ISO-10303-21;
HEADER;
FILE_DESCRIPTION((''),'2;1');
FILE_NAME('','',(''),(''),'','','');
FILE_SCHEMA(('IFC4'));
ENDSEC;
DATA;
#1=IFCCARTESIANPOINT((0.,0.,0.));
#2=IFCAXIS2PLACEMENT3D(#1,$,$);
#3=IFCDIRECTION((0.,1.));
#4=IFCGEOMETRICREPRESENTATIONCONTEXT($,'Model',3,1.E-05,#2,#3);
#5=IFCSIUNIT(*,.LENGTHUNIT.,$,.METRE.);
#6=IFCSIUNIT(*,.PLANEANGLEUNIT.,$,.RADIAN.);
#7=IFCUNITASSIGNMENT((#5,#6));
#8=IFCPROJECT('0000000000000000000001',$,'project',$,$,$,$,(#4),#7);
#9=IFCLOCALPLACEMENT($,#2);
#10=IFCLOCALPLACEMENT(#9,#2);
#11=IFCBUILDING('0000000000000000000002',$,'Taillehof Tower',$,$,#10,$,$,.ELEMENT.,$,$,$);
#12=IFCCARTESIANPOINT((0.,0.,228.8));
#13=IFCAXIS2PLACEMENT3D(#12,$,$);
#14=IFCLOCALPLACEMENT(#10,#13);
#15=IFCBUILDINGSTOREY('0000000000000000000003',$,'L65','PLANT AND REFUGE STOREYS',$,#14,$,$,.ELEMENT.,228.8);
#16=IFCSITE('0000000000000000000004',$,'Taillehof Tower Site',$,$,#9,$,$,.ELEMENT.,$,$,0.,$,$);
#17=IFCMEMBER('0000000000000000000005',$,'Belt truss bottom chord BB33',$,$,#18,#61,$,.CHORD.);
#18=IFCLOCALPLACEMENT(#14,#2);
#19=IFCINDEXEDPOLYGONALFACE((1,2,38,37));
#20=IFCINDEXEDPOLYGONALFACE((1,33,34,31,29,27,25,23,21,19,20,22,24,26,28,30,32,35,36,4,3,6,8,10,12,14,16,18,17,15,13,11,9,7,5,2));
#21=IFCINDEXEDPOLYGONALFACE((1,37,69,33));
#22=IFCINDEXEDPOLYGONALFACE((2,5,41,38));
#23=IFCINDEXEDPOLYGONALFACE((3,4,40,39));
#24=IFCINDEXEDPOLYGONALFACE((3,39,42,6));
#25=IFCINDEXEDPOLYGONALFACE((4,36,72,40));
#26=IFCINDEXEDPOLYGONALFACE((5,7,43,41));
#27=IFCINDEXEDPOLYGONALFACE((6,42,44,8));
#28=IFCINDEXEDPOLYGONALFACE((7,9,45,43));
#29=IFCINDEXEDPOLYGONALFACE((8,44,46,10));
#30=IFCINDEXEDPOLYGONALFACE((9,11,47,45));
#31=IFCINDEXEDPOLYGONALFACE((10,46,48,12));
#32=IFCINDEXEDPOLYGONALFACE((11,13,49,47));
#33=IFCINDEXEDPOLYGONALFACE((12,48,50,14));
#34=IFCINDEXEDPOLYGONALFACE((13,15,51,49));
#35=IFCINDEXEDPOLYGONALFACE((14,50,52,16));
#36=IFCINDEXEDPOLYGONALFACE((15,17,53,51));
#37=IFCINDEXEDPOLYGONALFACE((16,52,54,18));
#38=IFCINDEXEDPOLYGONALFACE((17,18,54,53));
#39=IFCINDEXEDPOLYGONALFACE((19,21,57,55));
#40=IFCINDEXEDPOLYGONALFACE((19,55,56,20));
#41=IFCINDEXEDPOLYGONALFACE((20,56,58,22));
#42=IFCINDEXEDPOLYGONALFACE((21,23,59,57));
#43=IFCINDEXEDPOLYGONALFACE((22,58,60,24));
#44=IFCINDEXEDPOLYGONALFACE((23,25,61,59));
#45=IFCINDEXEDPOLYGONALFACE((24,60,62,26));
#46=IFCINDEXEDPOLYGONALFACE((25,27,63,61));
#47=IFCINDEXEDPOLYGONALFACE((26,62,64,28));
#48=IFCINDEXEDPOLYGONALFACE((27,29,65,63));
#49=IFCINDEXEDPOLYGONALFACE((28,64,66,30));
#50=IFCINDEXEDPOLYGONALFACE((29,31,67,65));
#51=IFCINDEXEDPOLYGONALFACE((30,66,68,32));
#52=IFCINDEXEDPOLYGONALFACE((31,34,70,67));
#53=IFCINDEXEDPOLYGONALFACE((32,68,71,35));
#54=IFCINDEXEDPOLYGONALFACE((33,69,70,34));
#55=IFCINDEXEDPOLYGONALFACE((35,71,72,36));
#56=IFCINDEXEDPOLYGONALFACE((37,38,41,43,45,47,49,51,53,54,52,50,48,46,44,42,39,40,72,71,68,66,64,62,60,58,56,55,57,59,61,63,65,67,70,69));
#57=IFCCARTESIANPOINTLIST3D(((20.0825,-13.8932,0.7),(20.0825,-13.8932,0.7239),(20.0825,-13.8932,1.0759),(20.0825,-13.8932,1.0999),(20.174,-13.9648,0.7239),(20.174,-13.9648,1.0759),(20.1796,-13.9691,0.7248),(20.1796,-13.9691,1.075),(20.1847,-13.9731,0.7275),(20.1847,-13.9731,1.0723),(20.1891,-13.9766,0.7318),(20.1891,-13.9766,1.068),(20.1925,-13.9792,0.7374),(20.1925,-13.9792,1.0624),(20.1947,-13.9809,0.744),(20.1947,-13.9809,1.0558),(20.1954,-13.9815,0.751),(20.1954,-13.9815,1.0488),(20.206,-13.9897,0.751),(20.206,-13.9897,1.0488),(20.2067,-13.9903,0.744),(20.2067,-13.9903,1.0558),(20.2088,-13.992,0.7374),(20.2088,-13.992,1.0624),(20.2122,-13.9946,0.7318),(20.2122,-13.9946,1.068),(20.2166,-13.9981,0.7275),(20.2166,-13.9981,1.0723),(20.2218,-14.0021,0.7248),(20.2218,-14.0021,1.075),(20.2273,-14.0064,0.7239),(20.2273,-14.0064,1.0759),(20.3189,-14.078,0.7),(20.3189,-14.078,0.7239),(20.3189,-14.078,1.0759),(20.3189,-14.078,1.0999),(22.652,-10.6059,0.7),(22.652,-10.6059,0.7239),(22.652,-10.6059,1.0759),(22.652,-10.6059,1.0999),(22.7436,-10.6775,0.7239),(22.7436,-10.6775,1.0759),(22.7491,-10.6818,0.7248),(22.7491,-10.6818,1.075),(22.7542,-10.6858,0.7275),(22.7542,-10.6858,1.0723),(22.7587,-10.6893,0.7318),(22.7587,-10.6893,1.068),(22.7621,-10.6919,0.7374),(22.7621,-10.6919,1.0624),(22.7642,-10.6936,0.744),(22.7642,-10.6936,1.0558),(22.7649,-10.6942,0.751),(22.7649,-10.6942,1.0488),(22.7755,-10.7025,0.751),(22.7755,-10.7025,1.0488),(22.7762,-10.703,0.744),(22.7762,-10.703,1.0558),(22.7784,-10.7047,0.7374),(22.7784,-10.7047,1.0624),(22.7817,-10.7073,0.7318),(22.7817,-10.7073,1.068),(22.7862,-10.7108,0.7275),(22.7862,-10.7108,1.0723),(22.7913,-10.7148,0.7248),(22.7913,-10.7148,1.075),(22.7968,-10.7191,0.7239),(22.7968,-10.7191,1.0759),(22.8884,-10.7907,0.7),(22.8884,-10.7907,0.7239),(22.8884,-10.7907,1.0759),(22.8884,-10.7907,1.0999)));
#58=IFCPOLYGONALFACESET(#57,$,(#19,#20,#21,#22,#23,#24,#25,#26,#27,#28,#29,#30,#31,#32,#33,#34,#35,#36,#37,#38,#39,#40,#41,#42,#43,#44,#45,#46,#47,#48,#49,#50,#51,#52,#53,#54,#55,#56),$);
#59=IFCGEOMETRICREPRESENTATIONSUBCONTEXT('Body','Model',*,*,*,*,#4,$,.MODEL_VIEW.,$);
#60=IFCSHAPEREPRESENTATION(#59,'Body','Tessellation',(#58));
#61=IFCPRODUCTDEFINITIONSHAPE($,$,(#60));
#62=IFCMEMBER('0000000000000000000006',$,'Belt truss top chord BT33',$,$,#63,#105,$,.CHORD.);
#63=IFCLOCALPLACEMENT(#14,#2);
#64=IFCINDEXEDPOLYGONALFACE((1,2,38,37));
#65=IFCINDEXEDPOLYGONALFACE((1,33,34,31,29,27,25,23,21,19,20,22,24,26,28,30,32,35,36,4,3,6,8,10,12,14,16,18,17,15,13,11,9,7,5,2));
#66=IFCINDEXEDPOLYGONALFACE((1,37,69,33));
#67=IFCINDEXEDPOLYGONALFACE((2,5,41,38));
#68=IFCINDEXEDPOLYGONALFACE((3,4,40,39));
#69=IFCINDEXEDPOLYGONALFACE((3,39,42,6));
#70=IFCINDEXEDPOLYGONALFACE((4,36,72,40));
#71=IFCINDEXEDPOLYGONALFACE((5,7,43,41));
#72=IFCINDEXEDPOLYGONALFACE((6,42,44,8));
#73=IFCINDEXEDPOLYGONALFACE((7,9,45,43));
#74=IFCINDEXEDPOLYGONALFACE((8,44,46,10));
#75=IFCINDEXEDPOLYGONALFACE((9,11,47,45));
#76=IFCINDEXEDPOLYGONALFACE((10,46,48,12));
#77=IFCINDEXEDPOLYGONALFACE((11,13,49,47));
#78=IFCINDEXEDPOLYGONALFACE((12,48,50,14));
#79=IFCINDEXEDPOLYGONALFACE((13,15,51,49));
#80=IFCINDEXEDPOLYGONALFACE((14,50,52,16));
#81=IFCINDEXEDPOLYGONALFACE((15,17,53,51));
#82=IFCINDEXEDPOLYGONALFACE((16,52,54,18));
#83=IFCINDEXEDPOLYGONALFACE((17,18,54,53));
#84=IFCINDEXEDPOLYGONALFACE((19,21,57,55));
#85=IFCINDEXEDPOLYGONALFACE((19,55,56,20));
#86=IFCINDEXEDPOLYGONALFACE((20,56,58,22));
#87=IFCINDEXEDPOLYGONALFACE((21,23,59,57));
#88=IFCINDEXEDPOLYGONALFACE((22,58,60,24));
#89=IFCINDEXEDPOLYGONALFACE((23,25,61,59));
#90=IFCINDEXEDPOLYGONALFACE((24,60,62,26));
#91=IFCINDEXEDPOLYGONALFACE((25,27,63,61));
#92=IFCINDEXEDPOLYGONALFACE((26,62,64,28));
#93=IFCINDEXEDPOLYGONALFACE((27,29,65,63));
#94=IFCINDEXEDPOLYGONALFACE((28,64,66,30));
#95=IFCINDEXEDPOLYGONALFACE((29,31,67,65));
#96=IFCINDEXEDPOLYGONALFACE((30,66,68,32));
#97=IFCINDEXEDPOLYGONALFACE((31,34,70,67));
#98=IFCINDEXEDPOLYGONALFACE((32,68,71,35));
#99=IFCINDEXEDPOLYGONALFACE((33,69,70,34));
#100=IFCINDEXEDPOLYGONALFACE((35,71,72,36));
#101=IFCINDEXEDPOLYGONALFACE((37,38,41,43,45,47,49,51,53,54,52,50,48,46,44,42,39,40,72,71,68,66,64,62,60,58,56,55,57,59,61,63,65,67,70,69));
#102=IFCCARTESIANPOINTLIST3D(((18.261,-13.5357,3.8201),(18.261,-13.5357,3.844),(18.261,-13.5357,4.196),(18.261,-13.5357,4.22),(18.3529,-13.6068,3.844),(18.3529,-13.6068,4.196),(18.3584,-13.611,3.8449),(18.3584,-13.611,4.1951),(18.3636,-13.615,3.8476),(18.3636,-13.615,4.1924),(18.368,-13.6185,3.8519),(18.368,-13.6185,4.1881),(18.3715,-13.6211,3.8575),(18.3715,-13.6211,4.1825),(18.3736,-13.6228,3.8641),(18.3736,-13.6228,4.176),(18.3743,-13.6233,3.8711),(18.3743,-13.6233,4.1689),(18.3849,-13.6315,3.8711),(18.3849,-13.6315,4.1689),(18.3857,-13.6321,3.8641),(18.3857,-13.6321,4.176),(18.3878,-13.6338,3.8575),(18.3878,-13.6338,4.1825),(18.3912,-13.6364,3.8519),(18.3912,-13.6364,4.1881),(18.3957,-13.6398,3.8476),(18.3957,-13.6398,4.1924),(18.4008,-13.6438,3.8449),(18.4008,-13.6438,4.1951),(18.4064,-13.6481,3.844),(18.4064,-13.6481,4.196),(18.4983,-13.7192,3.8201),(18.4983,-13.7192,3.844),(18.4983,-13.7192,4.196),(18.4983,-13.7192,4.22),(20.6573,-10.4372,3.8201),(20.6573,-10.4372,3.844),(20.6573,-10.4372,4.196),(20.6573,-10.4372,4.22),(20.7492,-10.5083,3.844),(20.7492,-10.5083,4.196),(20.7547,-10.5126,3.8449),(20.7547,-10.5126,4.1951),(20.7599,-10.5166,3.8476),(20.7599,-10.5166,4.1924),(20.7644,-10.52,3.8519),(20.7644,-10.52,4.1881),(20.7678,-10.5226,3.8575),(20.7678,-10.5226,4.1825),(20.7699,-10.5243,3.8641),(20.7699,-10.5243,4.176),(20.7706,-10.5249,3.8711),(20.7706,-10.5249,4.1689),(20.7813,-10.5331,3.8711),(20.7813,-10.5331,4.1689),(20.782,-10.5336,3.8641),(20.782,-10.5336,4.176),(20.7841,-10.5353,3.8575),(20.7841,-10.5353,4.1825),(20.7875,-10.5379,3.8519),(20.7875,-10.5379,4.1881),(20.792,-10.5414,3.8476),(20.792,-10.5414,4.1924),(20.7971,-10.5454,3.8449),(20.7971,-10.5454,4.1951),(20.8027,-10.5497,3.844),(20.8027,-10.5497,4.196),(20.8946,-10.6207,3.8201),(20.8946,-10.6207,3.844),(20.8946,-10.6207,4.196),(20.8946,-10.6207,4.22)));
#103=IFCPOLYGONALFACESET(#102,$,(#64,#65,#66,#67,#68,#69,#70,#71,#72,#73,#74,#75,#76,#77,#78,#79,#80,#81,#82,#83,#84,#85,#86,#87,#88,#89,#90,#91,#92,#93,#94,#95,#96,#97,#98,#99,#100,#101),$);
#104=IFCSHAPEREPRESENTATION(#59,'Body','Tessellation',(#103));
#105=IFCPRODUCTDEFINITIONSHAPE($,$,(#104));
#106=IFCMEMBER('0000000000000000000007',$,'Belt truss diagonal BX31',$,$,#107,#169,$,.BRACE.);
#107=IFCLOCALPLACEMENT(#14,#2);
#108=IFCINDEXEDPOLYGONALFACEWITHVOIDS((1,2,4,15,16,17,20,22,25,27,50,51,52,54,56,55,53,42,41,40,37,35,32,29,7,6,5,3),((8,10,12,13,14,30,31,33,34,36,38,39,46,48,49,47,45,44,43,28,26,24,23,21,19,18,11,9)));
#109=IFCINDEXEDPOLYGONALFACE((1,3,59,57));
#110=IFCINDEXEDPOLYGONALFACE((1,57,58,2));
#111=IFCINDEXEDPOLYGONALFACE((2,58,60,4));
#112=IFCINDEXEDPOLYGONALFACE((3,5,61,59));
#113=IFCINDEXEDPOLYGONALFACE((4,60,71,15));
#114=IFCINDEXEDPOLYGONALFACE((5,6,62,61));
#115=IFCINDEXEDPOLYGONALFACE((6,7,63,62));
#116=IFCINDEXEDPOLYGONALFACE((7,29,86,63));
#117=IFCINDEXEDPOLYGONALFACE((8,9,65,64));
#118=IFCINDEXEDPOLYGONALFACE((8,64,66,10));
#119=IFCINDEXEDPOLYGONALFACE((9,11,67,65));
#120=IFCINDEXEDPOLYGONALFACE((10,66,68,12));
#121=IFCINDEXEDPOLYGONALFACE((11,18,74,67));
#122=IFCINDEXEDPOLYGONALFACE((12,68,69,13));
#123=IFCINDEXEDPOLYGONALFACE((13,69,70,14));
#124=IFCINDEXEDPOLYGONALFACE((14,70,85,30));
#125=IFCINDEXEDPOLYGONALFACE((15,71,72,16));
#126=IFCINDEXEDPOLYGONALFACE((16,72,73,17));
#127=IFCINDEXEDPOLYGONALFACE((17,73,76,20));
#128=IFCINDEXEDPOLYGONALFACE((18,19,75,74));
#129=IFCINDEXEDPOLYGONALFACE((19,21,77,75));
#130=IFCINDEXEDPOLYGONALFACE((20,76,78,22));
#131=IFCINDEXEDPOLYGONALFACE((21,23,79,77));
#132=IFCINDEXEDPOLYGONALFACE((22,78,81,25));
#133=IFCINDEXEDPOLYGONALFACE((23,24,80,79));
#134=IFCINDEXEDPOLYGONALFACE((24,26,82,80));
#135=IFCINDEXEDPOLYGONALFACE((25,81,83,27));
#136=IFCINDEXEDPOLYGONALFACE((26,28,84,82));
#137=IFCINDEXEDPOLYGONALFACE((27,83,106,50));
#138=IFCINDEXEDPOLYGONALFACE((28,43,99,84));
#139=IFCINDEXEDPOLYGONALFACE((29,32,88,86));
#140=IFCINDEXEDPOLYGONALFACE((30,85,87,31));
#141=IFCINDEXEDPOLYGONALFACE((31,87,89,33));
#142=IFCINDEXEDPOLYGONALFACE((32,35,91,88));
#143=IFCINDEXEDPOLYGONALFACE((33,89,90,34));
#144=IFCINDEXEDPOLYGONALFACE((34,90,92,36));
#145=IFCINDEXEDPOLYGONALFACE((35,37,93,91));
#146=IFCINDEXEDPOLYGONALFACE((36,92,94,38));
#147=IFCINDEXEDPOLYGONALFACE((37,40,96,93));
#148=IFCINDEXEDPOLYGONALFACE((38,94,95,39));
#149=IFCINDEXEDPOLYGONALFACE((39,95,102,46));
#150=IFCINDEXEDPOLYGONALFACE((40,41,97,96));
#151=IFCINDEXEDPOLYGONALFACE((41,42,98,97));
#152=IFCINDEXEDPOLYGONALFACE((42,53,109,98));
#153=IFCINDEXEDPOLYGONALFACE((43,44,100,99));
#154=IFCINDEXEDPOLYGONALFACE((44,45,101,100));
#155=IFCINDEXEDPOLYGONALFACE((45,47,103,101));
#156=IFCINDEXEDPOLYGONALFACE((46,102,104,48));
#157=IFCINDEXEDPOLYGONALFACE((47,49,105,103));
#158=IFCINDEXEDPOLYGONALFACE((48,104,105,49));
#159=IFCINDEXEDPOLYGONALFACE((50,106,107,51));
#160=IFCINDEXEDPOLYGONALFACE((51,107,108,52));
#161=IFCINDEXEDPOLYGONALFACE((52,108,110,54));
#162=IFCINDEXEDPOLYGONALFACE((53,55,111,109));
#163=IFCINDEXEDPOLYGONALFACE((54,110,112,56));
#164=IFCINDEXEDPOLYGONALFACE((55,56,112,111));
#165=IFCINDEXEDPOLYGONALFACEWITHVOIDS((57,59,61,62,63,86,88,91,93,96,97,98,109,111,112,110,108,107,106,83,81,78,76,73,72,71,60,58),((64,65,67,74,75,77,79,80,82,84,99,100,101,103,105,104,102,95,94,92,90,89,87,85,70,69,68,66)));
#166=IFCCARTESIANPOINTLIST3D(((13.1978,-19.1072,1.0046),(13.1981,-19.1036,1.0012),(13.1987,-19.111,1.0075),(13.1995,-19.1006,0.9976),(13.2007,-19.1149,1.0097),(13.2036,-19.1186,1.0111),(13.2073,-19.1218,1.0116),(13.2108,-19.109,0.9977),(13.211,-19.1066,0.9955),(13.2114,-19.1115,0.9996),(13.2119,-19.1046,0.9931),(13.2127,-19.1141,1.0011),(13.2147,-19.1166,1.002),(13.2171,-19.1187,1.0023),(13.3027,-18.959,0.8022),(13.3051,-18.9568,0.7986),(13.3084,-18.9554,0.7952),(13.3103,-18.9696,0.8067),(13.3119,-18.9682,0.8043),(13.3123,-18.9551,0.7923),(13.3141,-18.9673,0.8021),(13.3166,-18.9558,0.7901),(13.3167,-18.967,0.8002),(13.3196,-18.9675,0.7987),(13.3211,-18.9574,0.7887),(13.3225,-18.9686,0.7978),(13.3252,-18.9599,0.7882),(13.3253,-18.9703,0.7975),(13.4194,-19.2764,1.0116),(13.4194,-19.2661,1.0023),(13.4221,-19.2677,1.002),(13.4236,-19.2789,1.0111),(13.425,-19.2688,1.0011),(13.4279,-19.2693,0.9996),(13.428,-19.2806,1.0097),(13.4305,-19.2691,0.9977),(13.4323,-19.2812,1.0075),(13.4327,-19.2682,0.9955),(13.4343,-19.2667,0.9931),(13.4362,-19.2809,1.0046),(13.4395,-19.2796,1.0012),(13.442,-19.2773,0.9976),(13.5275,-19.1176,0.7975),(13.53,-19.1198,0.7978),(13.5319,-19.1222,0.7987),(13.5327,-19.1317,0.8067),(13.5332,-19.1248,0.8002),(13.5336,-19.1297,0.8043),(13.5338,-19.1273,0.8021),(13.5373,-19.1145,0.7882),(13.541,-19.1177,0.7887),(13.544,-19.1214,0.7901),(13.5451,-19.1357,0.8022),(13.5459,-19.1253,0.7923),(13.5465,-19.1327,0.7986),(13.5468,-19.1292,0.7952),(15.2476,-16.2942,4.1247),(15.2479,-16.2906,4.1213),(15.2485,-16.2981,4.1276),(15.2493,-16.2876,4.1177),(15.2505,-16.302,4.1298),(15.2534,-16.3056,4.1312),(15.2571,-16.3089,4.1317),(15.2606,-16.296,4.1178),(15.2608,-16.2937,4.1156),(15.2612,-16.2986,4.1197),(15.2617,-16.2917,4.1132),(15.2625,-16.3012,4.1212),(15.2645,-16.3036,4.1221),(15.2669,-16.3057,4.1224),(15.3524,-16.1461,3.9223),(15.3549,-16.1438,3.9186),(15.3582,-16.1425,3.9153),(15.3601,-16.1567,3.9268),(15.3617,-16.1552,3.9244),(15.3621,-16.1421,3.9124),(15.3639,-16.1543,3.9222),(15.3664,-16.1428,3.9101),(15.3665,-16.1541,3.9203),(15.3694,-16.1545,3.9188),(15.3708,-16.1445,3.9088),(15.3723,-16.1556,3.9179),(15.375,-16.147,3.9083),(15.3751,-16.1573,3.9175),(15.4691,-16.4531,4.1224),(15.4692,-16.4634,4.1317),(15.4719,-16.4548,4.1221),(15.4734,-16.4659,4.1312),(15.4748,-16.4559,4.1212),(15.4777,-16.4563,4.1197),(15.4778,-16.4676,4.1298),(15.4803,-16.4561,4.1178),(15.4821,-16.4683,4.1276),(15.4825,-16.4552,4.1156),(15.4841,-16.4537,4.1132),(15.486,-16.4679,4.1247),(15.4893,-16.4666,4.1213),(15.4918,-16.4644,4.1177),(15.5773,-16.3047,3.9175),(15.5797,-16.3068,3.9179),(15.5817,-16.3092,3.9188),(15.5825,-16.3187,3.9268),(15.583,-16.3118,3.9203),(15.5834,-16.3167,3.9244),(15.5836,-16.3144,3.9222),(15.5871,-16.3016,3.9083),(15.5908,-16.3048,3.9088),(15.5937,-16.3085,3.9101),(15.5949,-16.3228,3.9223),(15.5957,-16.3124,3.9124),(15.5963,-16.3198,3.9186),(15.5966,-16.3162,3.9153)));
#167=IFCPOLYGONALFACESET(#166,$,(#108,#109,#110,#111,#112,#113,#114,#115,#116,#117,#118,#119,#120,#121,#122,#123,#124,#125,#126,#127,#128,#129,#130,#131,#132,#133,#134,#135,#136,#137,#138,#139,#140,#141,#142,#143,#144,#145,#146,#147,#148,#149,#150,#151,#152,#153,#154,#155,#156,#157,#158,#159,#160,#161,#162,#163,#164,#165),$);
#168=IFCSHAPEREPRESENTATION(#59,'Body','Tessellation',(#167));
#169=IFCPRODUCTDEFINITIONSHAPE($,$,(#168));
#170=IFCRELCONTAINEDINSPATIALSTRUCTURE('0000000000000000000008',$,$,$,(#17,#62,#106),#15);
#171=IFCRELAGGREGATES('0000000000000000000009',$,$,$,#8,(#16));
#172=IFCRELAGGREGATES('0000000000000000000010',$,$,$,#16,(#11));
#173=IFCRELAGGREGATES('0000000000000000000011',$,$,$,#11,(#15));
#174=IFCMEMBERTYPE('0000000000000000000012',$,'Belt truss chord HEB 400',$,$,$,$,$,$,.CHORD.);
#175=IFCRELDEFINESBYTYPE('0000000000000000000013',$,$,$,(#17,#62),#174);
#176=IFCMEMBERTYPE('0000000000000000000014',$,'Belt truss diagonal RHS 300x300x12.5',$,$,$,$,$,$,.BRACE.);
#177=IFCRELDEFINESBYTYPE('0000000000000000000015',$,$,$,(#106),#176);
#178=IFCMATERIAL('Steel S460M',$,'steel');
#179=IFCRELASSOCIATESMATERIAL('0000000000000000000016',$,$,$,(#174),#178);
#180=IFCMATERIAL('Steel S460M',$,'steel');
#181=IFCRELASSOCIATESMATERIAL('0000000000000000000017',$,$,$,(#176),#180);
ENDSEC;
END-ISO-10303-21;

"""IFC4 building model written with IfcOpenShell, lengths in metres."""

from ifc_helpers import new_model, si_unit, direction, frame, origin, origin_2d, place, context, subcontext, project, spatial, hollow_rectangle, i_section, extrude, material, material_profile, profile_set, type_object, element, save


model = new_model("IFC4")

# Units and contexts
model_context = context("Model", 3, precision=1e-05, world=origin(), true_north=direction((0.0, 1.0)))
body_context = subcontext(model_context, "Body", "Model", "MODEL_VIEW")
ifc_project = project(units=[si_unit("LENGTHUNIT", "METRE"), si_unit("PLANEANGLEUNIT", "RADIAN")], contexts=[model_context])

# Site, building, storey
site_placement = place(None, origin())
site = spatial("IfcSite", under=ifc_project, at=site_placement, Name="Taillehof Tower Site", CompositionType="ELEMENT", RefElevation=0.0)
building_placement = place(site_placement, origin())
building = spatial("IfcBuilding", under=site, at=building_placement, Name="Taillehof Tower", CompositionType="ELEMENT")
storey_placement = place(building_placement, frame((0.0, 0.0, 228.8)))
storey = spatial("IfcBuildingStorey", under=building, at=storey_placement, Name="L65", Description="PLANT AND REFUGE STOREYS", CompositionType="ELEMENT", Elevation=228.8)

# Members
ifc_material_1 = material(Name="Steel S460M", Category="steel")
ifc_material_profile_1 = material_profile(ifc_material_1, i_section(OverallWidth=0.3, OverallDepth=0.3999, WebThickness=0.0134, FlangeThickness=0.0239, FilletRadius=0.0271, at=origin_2d()), Name="HEB 400")
ifc_profile_set_1 = profile_set([ifc_material_profile_1], Name="Steel S460M")
member_type_1 = type_object("IfcMemberType", Name="Belt truss chord HEB 400", PredefinedType="CHORD", material=ifc_profile_set_1)
member_1_placement = place(storey_placement, frame((20.2007, -13.9856, 0.8999), z_axis=(0.615843, 0.787869, 0.0), x_axis=(-0.787869, 0.615843, 0.0)))
element("IfcMember", 1, at=member_1_placement, inside=storey, type_object=member_type_1, Name="Belt truss bottom chord BB33", PredefinedType="CHORD", context=body_context, shape_type="SweptSolid", body=[
    extrude(i_section(OverallWidth=0.3, OverallDepth=0.3999, WebThickness=0.0134, FlangeThickness=0.0239, FilletRadius=0.0271, at=origin_2d()), origin(), (0.0, 0.0, 1.0), 4.1724),
])
member_2_placement = place(storey_placement, frame((18.3796, -13.6274, 4.02), z_axis=(0.611772, 0.791034, 0.0), x_axis=(-0.791034, 0.611772, 0.0)))
element("IfcMember", 2, at=member_2_placement, inside=storey, type_object=member_type_1, Name="Belt truss top chord BT33", PredefinedType="CHORD", context=body_context, shape_type="SweptSolid", body=[
    extrude(i_section(OverallWidth=0.3, OverallDepth=0.3999, WebThickness=0.0134, FlangeThickness=0.0239, FilletRadius=0.0271, at=origin_2d()), origin(), (0.0, 0.0, 1.0), 3.917),
])
ifc_material_2 = material(Name="Steel S460M", Category="steel")
ifc_material_profile_2 = material_profile(ifc_material_2, hollow_rectangle(XDim=0.3, YDim=0.3, WallThickness=0.0125, InnerFilletRadius=0.0125, OuterFilletRadius=0.0188, at=origin_2d()), Name="RHS 300x300x12.5")
ifc_profile_set_2 = profile_set([ifc_material_profile_2], Name="Steel S460M")
member_type_2 = type_object("IfcMemberType", Name="Belt truss diagonal RHS 300x300x12.5", PredefinedType="BRACE", material=ifc_profile_set_2)
member_3_placement = place(storey_placement, frame((13.3723, -19.1182, 0.8999), z_axis=(0.43852, 0.60179, 0.667495), x_axis=(-0.80819, 0.588922, 0.0)))
element("IfcMember", 3, at=member_3_placement, inside=storey, type_object=member_type_2, Name="Belt truss diagonal BX31", PredefinedType="BRACE", context=body_context, shape_type="SweptSolid", body=[
    extrude(hollow_rectangle(XDim=0.3, YDim=0.3, WallThickness=0.0125, InnerFilletRadius=0.0125, OuterFilletRadius=0.0188, at=origin_2d()), origin(), (0.0, 0.0, 1.0), 4.6743),
])

save(model, "model.ifc")
